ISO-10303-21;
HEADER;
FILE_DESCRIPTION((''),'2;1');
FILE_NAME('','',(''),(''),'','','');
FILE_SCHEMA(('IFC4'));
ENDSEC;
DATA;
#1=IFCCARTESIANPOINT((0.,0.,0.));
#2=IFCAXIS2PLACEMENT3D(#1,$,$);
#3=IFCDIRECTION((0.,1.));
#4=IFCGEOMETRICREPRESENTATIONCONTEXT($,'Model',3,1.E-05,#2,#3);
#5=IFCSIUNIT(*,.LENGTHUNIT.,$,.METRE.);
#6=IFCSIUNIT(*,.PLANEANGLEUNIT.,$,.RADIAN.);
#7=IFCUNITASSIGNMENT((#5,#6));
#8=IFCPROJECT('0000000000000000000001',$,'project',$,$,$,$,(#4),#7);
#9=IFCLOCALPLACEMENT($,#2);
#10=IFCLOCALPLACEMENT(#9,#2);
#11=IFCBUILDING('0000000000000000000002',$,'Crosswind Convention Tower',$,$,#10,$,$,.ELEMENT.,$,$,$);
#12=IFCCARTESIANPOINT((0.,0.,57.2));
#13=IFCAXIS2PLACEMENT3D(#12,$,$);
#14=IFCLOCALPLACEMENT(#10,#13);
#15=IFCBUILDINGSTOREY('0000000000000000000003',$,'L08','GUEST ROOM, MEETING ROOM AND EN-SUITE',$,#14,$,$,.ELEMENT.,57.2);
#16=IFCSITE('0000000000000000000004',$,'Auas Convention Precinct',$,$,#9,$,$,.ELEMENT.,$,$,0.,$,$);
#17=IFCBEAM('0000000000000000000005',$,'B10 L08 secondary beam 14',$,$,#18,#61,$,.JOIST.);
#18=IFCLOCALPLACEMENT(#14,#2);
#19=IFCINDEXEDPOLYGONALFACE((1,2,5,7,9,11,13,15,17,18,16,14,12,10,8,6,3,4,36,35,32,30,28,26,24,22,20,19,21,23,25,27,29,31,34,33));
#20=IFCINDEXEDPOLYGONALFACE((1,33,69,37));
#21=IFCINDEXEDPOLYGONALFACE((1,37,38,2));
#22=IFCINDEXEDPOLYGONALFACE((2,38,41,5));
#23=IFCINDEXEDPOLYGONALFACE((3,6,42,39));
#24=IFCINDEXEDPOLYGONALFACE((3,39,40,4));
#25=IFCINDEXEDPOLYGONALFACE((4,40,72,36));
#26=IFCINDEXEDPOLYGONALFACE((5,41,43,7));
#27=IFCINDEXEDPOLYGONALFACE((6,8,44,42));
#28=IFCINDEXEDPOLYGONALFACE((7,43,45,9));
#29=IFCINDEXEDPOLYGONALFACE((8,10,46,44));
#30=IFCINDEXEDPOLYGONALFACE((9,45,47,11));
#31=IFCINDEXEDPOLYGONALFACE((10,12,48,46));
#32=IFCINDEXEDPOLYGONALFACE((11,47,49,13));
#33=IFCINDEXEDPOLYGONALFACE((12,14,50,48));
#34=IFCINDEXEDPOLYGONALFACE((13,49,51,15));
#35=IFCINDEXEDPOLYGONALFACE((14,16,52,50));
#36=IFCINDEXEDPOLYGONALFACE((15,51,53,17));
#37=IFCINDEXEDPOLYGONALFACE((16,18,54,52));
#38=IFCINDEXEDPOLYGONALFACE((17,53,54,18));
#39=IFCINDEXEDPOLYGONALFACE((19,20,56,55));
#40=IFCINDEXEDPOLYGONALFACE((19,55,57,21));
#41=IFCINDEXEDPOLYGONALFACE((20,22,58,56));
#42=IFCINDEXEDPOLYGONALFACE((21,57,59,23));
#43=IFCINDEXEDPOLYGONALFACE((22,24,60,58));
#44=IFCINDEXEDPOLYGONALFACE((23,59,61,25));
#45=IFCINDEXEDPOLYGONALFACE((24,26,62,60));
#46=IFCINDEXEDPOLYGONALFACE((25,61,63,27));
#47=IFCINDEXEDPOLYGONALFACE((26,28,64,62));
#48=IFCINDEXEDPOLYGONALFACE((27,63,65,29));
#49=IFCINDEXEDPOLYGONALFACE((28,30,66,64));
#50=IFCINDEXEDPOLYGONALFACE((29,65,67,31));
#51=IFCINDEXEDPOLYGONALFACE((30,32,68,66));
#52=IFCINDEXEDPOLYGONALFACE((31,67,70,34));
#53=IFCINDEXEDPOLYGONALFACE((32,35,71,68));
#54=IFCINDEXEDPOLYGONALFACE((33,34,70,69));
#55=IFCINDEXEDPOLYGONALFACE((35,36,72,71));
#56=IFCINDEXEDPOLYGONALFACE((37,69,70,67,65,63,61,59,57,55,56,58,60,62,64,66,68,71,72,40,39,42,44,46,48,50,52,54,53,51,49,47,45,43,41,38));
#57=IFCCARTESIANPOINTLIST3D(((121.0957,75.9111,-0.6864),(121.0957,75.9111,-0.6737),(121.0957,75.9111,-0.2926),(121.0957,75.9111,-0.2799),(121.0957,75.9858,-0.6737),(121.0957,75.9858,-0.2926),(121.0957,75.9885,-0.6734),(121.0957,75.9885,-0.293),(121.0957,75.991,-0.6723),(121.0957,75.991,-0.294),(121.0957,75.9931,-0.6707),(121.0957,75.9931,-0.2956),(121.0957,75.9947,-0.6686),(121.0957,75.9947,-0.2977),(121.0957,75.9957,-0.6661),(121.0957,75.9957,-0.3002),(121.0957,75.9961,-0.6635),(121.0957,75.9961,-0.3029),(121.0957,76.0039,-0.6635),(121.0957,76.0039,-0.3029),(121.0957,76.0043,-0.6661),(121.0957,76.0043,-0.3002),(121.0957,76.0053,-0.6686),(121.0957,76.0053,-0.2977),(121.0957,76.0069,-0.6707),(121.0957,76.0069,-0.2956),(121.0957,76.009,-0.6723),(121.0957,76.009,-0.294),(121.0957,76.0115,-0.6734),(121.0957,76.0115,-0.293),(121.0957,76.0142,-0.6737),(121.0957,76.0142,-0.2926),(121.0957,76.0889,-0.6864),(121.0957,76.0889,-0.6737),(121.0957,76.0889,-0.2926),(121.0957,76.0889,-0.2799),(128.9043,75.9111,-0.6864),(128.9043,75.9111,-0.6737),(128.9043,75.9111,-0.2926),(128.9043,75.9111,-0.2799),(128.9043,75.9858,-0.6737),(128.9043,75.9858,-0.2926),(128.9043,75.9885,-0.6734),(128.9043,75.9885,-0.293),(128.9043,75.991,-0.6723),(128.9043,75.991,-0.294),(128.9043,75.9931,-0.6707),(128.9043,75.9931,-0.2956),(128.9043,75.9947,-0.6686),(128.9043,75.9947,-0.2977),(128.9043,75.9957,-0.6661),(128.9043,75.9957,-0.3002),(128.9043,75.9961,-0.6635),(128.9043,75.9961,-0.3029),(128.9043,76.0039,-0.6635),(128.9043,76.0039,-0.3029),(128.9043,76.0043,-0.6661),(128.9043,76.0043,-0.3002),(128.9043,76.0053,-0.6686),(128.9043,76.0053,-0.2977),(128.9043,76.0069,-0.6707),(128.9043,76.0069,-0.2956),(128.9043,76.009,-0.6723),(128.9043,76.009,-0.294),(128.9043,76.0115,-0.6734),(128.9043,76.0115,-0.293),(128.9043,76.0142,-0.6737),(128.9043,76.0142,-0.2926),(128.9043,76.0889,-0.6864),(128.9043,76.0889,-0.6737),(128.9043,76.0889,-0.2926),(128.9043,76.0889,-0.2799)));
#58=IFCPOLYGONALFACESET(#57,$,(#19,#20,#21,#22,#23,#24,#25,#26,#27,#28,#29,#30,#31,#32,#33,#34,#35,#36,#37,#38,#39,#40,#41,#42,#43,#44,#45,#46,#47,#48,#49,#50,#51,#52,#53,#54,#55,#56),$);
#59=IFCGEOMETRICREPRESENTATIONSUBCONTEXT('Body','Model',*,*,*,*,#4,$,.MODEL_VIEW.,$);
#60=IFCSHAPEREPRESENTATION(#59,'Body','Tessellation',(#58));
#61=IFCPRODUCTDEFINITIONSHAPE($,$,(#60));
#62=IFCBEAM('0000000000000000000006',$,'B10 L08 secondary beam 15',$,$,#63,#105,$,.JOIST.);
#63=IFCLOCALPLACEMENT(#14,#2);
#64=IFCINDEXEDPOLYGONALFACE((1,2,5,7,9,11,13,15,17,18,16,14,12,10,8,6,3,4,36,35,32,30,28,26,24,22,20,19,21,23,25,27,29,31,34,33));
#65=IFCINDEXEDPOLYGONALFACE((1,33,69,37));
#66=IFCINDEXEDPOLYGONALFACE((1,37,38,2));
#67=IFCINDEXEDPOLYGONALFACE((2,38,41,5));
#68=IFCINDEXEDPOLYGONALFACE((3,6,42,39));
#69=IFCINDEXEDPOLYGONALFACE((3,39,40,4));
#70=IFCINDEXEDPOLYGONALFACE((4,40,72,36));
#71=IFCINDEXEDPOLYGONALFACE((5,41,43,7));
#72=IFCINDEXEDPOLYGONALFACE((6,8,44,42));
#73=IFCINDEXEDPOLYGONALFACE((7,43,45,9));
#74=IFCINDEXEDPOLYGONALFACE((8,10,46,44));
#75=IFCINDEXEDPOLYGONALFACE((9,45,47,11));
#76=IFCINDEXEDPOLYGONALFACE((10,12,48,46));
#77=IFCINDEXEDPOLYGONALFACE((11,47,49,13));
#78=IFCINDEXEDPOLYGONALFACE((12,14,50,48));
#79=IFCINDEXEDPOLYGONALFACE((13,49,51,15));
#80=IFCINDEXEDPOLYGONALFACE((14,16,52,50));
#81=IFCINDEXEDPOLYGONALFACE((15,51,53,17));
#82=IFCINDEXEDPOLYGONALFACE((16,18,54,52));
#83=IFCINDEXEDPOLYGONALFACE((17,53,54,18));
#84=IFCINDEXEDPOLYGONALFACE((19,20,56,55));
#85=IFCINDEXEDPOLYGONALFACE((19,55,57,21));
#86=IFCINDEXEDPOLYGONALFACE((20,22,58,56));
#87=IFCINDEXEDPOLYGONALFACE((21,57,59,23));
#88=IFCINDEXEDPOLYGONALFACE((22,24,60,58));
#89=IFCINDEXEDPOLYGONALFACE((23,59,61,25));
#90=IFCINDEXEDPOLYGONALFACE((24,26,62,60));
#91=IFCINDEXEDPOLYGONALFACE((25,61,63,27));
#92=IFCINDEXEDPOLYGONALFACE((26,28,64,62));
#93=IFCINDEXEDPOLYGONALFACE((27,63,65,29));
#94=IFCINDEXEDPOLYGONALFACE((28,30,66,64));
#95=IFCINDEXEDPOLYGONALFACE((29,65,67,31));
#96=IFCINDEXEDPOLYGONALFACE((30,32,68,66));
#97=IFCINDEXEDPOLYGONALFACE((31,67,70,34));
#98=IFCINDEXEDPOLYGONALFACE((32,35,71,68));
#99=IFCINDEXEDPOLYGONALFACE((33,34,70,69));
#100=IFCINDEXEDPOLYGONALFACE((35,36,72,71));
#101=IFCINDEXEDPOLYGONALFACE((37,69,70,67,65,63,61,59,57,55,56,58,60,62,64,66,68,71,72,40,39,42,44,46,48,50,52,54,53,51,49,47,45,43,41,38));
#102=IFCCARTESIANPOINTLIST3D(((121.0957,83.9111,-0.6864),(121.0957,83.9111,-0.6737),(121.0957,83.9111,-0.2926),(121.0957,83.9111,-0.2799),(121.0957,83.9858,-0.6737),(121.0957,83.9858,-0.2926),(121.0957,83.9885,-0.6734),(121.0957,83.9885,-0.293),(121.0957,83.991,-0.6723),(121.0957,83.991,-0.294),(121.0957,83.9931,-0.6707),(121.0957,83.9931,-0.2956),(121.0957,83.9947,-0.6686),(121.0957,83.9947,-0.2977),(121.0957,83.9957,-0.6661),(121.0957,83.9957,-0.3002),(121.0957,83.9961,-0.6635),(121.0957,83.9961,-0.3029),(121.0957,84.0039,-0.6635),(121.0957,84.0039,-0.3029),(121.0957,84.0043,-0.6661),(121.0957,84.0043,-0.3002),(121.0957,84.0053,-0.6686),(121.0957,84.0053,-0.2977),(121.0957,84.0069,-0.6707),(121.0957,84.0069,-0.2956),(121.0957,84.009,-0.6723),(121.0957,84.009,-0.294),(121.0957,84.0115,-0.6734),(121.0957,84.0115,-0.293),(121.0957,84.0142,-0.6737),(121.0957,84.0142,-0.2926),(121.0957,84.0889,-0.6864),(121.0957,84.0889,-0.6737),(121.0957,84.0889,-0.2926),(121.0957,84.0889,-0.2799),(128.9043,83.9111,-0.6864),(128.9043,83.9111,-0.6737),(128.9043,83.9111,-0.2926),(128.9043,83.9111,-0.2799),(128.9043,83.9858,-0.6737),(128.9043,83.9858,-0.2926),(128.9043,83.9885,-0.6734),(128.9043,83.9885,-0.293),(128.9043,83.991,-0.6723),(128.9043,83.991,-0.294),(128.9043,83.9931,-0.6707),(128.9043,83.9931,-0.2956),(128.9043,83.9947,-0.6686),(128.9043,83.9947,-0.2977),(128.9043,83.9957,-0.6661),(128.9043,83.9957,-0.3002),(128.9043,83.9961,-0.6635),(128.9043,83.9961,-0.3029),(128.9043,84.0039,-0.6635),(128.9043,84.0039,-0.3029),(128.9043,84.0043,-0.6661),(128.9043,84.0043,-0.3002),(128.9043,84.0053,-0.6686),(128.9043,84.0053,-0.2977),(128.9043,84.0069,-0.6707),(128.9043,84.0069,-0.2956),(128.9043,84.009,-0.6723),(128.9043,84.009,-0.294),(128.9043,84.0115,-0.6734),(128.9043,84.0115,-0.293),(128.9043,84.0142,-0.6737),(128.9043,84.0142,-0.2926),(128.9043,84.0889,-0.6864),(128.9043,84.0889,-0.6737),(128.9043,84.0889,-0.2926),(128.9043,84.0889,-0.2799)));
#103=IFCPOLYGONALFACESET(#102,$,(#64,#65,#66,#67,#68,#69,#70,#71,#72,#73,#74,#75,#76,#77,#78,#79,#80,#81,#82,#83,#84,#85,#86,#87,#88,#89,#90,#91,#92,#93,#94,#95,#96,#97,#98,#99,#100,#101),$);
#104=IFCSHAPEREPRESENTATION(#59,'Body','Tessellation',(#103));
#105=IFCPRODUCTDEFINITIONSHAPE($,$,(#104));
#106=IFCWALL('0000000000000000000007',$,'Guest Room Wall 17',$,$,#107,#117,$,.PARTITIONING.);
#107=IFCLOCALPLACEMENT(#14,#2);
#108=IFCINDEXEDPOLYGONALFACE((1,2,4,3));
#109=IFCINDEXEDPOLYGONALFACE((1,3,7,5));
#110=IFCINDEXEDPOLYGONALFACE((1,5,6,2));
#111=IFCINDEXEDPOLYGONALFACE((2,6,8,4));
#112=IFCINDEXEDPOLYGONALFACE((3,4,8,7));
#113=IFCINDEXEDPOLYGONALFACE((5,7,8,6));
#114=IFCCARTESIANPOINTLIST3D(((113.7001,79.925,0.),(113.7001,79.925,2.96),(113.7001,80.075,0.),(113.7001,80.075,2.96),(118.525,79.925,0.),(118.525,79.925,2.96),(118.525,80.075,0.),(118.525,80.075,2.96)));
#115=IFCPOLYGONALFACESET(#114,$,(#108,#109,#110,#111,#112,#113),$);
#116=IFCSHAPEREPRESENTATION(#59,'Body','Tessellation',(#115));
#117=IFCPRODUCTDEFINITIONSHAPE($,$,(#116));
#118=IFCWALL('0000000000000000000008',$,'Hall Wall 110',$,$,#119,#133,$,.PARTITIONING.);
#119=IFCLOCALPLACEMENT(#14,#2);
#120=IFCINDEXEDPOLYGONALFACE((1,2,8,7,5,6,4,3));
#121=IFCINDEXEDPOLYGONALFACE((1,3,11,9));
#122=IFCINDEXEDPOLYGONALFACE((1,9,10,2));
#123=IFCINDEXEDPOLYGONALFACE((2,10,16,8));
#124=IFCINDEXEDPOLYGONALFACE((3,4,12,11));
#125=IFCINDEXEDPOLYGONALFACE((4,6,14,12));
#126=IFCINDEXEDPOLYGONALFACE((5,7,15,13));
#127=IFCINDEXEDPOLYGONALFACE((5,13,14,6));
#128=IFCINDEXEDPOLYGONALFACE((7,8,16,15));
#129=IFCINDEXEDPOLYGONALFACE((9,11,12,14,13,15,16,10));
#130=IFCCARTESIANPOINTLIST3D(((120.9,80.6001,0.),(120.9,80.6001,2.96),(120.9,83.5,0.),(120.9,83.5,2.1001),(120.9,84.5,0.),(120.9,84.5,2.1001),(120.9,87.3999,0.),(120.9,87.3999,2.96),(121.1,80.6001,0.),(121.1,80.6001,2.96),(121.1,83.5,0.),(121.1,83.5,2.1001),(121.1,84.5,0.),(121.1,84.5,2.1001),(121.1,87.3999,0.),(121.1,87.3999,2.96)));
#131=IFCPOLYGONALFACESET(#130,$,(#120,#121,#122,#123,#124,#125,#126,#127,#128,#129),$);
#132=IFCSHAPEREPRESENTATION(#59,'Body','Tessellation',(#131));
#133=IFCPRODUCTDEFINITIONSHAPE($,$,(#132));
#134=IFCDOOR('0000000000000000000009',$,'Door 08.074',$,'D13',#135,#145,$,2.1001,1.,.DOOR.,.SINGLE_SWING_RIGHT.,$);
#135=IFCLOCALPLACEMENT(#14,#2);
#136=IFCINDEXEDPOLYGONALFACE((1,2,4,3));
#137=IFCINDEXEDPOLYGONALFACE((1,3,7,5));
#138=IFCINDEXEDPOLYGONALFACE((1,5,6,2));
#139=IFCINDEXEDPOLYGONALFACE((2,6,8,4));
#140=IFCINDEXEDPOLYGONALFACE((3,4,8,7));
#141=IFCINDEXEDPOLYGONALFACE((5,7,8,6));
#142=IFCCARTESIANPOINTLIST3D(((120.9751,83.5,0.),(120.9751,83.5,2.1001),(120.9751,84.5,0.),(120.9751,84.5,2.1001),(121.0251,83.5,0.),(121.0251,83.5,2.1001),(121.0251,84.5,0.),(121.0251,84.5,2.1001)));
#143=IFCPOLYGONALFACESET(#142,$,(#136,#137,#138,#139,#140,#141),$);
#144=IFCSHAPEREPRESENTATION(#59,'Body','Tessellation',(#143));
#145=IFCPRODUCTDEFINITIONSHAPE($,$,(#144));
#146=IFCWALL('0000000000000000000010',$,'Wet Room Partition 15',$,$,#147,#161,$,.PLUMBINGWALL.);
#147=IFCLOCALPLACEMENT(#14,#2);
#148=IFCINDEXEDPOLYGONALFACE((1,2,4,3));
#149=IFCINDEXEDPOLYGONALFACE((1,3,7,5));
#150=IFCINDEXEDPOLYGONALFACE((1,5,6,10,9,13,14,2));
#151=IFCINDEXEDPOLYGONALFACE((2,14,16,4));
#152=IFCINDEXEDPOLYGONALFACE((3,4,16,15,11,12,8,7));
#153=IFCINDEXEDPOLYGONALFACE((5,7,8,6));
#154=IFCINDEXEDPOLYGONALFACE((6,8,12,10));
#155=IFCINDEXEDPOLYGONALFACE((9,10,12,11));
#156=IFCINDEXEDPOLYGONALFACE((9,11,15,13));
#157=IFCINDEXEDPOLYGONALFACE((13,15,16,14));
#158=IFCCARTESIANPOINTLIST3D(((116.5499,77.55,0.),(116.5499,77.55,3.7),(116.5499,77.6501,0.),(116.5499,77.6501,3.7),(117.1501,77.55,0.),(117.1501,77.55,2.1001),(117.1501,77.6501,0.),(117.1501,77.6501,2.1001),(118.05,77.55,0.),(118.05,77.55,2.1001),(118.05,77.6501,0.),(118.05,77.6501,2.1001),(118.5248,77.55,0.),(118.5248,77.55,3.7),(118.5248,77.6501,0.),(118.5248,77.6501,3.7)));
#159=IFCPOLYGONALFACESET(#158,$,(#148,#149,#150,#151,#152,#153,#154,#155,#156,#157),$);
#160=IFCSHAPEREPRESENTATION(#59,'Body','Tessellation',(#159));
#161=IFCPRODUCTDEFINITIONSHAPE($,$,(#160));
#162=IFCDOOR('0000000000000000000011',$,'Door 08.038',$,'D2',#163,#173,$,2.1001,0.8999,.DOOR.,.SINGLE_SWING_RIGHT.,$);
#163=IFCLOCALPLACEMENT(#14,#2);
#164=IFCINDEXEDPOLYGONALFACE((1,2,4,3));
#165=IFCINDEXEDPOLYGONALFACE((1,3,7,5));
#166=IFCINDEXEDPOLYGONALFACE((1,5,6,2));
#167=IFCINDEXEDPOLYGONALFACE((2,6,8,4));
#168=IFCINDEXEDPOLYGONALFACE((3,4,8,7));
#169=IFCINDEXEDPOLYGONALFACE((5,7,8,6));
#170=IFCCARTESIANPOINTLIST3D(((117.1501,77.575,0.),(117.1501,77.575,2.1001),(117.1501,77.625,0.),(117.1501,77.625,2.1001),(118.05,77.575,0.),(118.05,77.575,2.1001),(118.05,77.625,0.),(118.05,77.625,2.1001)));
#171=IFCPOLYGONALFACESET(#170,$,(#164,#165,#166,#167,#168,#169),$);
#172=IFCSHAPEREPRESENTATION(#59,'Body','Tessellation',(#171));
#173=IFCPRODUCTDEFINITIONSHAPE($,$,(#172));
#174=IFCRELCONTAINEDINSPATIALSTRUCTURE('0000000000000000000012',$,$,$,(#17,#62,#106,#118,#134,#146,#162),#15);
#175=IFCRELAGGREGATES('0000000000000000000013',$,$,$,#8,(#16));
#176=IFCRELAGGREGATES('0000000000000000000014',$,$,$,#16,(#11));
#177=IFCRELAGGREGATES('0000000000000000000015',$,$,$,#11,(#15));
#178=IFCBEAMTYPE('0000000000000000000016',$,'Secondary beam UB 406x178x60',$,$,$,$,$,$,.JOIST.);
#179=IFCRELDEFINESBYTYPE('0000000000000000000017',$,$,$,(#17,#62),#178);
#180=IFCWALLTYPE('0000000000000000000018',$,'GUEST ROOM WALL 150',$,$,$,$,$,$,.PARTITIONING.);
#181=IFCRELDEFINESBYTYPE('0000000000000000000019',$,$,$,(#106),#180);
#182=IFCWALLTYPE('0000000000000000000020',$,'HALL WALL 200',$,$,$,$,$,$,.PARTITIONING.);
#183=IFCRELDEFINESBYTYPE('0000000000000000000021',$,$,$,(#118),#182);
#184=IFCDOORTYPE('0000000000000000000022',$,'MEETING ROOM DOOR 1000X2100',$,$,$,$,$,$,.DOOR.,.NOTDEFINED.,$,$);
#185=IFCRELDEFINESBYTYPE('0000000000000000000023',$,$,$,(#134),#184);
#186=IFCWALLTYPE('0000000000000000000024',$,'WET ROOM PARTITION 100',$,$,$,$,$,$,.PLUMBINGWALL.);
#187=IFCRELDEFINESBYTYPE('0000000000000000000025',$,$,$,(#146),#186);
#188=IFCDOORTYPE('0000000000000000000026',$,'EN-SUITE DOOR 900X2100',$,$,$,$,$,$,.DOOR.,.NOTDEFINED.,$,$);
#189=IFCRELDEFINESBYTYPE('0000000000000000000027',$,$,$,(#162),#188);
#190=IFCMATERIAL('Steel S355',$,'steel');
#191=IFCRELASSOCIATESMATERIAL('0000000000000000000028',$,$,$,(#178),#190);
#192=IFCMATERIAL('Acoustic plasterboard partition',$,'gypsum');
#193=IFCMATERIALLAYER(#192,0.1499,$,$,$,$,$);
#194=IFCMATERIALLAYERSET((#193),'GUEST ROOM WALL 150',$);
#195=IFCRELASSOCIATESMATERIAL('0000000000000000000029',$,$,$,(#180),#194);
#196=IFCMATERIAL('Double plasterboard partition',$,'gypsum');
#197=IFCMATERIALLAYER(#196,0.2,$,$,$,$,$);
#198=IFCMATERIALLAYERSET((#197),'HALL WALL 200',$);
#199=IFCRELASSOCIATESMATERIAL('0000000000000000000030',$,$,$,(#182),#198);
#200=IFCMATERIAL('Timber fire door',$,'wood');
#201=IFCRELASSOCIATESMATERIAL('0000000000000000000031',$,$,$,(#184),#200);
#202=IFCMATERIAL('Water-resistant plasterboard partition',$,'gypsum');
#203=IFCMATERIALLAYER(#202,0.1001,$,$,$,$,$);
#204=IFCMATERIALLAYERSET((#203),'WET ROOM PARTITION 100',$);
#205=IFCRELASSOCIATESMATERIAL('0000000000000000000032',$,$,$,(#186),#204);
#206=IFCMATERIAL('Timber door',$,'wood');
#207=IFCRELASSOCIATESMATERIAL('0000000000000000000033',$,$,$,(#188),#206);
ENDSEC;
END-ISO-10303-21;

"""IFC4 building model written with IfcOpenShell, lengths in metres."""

from ifc_helpers import new_model, si_unit, direction, frame, frame_2d, origin, origin_2d, place, context, subcontext, project, spatial, rectangle, i_section, extrude, material, layer, layer_set, material_profile, profile_set, type_object, element, fill, save


model = new_model("IFC4")

# Units and contexts
model_context = context("Model", 3, precision=1e-05, world=origin(), true_north=direction((0.0, 1.0)))
body_context = subcontext(model_context, "Body", "Model", "MODEL_VIEW")
ifc_project = project(units=[si_unit("LENGTHUNIT", "METRE"), si_unit("PLANEANGLEUNIT", "RADIAN")], contexts=[model_context])

# Site, building, storey
site_placement = place(None, origin())
site = spatial("IfcSite", under=ifc_project, at=site_placement, Name="Auas Convention Precinct", CompositionType="ELEMENT", RefElevation=0.0)
building_placement = place(site_placement, origin())
building = spatial("IfcBuilding", under=site, at=building_placement, Name="Crosswind Convention Tower", CompositionType="ELEMENT")
storey_placement = place(building_placement, frame((0.0, 0.0, 57.2)))
storey = spatial("IfcBuildingStorey", under=building, at=storey_placement, Name="L08", Description="GUEST ROOM, MEETING ROOM AND EN-SUITE", CompositionType="ELEMENT", Elevation=57.2)

# Beams
ifc_material_1 = material(Name="Steel S355", Category="steel")
ifc_material_profile_1 = material_profile(ifc_material_1, i_section(OverallWidth=0.1777, OverallDepth=0.4065, WebThickness=0.0078, FlangeThickness=0.0127, FilletRadius=0.0103, at=origin_2d()), Name="UB 406x178x60")
ifc_profile_set_1 = profile_set([ifc_material_profile_1], Name="Steel S355")
beam_type_1 = type_object("IfcBeamType", Name="Secondary beam UB 406x178x60", PredefinedType="JOIST", material=ifc_profile_set_1)
for number, where, z_axis, x_axis, name in (
    (1, (121.0957, 76.0, -0.4832), (1.0, 0.0, 0.0), (0.0, 1.0, 0.0), "B10 L08 secondary beam 14"),
    (2, (121.0957, 84.0, -0.4832), (1.0, 0.0, 0.0), (0.0, 1.0, 0.0), "B10 L08 secondary beam 15"),
):
    element("IfcBeam", number, at=place(storey_placement, frame(where, z_axis=z_axis, x_axis=x_axis)), inside=storey, type_object=beam_type_1, Name=name, PredefinedType="JOIST", context=body_context, shape_type="SweptSolid", body=[
        extrude(i_section(OverallWidth=0.1777, OverallDepth=0.4065, WebThickness=0.0078, FlangeThickness=0.0127, FilletRadius=0.0103, at=origin_2d()), origin(), (0.0, 0.0, 1.0), 7.8086),
    ])

# Wall
ifc_material_2 = material(Name="Acoustic plasterboard partition", Category="gypsum")
ifc_layer_1 = layer(ifc_material_2, 0.1499)
ifc_layer_set_1 = layer_set([ifc_layer_1], Name="GUEST ROOM WALL 150")
wall_type_1 = type_object("IfcWallType", Name="GUEST ROOM WALL 150", PredefinedType="PARTITIONING", material=ifc_layer_set_1)
wall_1_placement = place(storey_placement, frame((113.7, 80.0, 0.0), z_axis=(0.0, 0.0, 1.0), x_axis=(1.0, 0.0, 0.0)))
element("IfcWall", 3, at=wall_1_placement, inside=storey, type_object=wall_type_1, Name="Guest Room Wall 17", PredefinedType="PARTITIONING", context=body_context, shape_type="SweptSolid", body=[
    extrude(rectangle(XDim=4.825, YDim=0.1499, at=frame_2d((2.4126, 0.0))), origin(), (0.0, 0.0, 1.0), 2.96),
])

# Walls, openings, doors
ifc_material_3 = material(Name="Double plasterboard partition", Category="gypsum")
ifc_layer_2 = layer(ifc_material_3, 0.2)
ifc_layer_set_2 = layer_set([ifc_layer_2], Name="HALL WALL 200")
wall_type_2 = type_object("IfcWallType", Name="HALL WALL 200", PredefinedType="PARTITIONING", material=ifc_layer_set_2)
wall_2_placement = place(storey_placement, frame((121.0, 80.6001, 0.0), z_axis=(0.0, 0.0, 1.0), x_axis=(0.0, 1.0, 0.0)))
wall_2 = element("IfcWall", 4, at=wall_2_placement, inside=storey, type_object=wall_type_2, Name="Hall Wall 110", PredefinedType="PARTITIONING", context=body_context, shape_type="SweptSolid", body=[
    extrude(rectangle(XDim=6.7998, YDim=0.2, at=frame_2d((3.3999, 0.0))), origin(), (0.0, 0.0, 1.0), 2.96),
])
opening_1_placement = place(wall_2_placement, frame((2.8999, 0.0, 0.0)))
opening_1 = element("IfcOpeningElement", 5, at=opening_1_placement, cuts=wall_2, PredefinedType="OPENING", context=body_context, shape_type="SweptSolid", body=[
    extrude(rectangle(XDim=1.0, YDim=2.1001, at=frame_2d((0.5, 1.05))), frame((0.0, 0.1099, 0.0), z_axis=(0.0, -1.0, 0.0), x_axis=(1.0, 0.0, 0.0)), (0.0, 0.0, 1.0), 0.22),
])
ifc_material_4 = material(Name="Timber fire door", Category="wood")
door_type_1 = type_object("IfcDoorType", Name="MEETING ROOM DOOR 1000X2100", OperationType="NOTDEFINED", PredefinedType="DOOR", material=ifc_material_4)
door_1_placement = place(opening_1_placement, origin())
door_1 = element("IfcDoor", 6, at=door_1_placement, inside=storey, type_object=door_type_1, Name="Door 08.074", ObjectType="D13", OperationType="SINGLE_SWING_RIGHT", OverallHeight=2.1001, OverallWidth=1.0, PredefinedType="DOOR", context=body_context, shape_type="SweptSolid", body=[
    extrude(rectangle(XDim=1.0, YDim=2.1001, at=frame_2d((0.5, 1.05))), frame((0.0, 0.0249, 0.0), z_axis=(0.0, -1.0, 0.0), x_axis=(1.0, 0.0, 0.0)), (0.0, 0.0, 1.0), 0.05),
])
fill(opening_1, door_1)
ifc_material_5 = material(Name="Water-resistant plasterboard partition", Category="gypsum")
ifc_layer_3 = layer(ifc_material_5, 0.1001)
ifc_layer_set_3 = layer_set([ifc_layer_3], Name="WET ROOM PARTITION 100")
wall_type_3 = type_object("IfcWallType", Name="WET ROOM PARTITION 100", PredefinedType="PLUMBINGWALL", material=ifc_layer_set_3)
wall_3_placement = place(storey_placement, frame((116.55, 77.6001, 0.0), z_axis=(0.0, 0.0, 1.0), x_axis=(1.0, 0.0, 0.0)))
wall_3 = element("IfcWall", 7, at=wall_3_placement, inside=storey, type_object=wall_type_3, Name="Wet Room Partition 15", PredefinedType="PLUMBINGWALL", context=body_context, shape_type="SweptSolid", body=[
    extrude(rectangle(XDim=1.9749, YDim=0.1001, at=frame_2d((0.9873, 0.0))), origin(), (0.0, 0.0, 1.0), 3.7),
])
opening_2_placement = place(wall_3_placement, frame((0.6001, 0.0, 0.0)))
opening_2 = element("IfcOpeningElement", 8, at=opening_2_placement, cuts=wall_3, PredefinedType="OPENING", context=body_context, shape_type="SweptSolid", body=[
    extrude(rectangle(XDim=0.8999, YDim=2.1001, at=frame_2d((0.45, 1.05))), frame((0.0, 0.0601, 0.0), z_axis=(0.0, -1.0, 0.0), x_axis=(1.0, 0.0, 0.0)), (0.0, 0.0, 1.0), 0.1201),
])
ifc_material_6 = material(Name="Timber door", Category="wood")
door_type_2 = type_object("IfcDoorType", Name="EN-SUITE DOOR 900X2100", OperationType="NOTDEFINED", PredefinedType="DOOR", material=ifc_material_6)
door_2_placement = place(opening_2_placement, origin())
door_2 = element("IfcDoor", 9, at=door_2_placement, inside=storey, type_object=door_type_2, Name="Door 08.038", ObjectType="D2", OperationType="SINGLE_SWING_RIGHT", OverallHeight=2.1001, OverallWidth=0.8999, PredefinedType="DOOR", context=body_context, shape_type="SweptSolid", body=[
    extrude(rectangle(XDim=0.8999, YDim=2.1001, at=frame_2d((0.45, 1.05))), frame((0.0, 0.0249, 0.0), z_axis=(0.0, -1.0, 0.0), x_axis=(1.0, 0.0, 0.0)), (0.0, 0.0, 1.0), 0.05),
])
fill(opening_2, door_2)

save(model, "model.ifc")
